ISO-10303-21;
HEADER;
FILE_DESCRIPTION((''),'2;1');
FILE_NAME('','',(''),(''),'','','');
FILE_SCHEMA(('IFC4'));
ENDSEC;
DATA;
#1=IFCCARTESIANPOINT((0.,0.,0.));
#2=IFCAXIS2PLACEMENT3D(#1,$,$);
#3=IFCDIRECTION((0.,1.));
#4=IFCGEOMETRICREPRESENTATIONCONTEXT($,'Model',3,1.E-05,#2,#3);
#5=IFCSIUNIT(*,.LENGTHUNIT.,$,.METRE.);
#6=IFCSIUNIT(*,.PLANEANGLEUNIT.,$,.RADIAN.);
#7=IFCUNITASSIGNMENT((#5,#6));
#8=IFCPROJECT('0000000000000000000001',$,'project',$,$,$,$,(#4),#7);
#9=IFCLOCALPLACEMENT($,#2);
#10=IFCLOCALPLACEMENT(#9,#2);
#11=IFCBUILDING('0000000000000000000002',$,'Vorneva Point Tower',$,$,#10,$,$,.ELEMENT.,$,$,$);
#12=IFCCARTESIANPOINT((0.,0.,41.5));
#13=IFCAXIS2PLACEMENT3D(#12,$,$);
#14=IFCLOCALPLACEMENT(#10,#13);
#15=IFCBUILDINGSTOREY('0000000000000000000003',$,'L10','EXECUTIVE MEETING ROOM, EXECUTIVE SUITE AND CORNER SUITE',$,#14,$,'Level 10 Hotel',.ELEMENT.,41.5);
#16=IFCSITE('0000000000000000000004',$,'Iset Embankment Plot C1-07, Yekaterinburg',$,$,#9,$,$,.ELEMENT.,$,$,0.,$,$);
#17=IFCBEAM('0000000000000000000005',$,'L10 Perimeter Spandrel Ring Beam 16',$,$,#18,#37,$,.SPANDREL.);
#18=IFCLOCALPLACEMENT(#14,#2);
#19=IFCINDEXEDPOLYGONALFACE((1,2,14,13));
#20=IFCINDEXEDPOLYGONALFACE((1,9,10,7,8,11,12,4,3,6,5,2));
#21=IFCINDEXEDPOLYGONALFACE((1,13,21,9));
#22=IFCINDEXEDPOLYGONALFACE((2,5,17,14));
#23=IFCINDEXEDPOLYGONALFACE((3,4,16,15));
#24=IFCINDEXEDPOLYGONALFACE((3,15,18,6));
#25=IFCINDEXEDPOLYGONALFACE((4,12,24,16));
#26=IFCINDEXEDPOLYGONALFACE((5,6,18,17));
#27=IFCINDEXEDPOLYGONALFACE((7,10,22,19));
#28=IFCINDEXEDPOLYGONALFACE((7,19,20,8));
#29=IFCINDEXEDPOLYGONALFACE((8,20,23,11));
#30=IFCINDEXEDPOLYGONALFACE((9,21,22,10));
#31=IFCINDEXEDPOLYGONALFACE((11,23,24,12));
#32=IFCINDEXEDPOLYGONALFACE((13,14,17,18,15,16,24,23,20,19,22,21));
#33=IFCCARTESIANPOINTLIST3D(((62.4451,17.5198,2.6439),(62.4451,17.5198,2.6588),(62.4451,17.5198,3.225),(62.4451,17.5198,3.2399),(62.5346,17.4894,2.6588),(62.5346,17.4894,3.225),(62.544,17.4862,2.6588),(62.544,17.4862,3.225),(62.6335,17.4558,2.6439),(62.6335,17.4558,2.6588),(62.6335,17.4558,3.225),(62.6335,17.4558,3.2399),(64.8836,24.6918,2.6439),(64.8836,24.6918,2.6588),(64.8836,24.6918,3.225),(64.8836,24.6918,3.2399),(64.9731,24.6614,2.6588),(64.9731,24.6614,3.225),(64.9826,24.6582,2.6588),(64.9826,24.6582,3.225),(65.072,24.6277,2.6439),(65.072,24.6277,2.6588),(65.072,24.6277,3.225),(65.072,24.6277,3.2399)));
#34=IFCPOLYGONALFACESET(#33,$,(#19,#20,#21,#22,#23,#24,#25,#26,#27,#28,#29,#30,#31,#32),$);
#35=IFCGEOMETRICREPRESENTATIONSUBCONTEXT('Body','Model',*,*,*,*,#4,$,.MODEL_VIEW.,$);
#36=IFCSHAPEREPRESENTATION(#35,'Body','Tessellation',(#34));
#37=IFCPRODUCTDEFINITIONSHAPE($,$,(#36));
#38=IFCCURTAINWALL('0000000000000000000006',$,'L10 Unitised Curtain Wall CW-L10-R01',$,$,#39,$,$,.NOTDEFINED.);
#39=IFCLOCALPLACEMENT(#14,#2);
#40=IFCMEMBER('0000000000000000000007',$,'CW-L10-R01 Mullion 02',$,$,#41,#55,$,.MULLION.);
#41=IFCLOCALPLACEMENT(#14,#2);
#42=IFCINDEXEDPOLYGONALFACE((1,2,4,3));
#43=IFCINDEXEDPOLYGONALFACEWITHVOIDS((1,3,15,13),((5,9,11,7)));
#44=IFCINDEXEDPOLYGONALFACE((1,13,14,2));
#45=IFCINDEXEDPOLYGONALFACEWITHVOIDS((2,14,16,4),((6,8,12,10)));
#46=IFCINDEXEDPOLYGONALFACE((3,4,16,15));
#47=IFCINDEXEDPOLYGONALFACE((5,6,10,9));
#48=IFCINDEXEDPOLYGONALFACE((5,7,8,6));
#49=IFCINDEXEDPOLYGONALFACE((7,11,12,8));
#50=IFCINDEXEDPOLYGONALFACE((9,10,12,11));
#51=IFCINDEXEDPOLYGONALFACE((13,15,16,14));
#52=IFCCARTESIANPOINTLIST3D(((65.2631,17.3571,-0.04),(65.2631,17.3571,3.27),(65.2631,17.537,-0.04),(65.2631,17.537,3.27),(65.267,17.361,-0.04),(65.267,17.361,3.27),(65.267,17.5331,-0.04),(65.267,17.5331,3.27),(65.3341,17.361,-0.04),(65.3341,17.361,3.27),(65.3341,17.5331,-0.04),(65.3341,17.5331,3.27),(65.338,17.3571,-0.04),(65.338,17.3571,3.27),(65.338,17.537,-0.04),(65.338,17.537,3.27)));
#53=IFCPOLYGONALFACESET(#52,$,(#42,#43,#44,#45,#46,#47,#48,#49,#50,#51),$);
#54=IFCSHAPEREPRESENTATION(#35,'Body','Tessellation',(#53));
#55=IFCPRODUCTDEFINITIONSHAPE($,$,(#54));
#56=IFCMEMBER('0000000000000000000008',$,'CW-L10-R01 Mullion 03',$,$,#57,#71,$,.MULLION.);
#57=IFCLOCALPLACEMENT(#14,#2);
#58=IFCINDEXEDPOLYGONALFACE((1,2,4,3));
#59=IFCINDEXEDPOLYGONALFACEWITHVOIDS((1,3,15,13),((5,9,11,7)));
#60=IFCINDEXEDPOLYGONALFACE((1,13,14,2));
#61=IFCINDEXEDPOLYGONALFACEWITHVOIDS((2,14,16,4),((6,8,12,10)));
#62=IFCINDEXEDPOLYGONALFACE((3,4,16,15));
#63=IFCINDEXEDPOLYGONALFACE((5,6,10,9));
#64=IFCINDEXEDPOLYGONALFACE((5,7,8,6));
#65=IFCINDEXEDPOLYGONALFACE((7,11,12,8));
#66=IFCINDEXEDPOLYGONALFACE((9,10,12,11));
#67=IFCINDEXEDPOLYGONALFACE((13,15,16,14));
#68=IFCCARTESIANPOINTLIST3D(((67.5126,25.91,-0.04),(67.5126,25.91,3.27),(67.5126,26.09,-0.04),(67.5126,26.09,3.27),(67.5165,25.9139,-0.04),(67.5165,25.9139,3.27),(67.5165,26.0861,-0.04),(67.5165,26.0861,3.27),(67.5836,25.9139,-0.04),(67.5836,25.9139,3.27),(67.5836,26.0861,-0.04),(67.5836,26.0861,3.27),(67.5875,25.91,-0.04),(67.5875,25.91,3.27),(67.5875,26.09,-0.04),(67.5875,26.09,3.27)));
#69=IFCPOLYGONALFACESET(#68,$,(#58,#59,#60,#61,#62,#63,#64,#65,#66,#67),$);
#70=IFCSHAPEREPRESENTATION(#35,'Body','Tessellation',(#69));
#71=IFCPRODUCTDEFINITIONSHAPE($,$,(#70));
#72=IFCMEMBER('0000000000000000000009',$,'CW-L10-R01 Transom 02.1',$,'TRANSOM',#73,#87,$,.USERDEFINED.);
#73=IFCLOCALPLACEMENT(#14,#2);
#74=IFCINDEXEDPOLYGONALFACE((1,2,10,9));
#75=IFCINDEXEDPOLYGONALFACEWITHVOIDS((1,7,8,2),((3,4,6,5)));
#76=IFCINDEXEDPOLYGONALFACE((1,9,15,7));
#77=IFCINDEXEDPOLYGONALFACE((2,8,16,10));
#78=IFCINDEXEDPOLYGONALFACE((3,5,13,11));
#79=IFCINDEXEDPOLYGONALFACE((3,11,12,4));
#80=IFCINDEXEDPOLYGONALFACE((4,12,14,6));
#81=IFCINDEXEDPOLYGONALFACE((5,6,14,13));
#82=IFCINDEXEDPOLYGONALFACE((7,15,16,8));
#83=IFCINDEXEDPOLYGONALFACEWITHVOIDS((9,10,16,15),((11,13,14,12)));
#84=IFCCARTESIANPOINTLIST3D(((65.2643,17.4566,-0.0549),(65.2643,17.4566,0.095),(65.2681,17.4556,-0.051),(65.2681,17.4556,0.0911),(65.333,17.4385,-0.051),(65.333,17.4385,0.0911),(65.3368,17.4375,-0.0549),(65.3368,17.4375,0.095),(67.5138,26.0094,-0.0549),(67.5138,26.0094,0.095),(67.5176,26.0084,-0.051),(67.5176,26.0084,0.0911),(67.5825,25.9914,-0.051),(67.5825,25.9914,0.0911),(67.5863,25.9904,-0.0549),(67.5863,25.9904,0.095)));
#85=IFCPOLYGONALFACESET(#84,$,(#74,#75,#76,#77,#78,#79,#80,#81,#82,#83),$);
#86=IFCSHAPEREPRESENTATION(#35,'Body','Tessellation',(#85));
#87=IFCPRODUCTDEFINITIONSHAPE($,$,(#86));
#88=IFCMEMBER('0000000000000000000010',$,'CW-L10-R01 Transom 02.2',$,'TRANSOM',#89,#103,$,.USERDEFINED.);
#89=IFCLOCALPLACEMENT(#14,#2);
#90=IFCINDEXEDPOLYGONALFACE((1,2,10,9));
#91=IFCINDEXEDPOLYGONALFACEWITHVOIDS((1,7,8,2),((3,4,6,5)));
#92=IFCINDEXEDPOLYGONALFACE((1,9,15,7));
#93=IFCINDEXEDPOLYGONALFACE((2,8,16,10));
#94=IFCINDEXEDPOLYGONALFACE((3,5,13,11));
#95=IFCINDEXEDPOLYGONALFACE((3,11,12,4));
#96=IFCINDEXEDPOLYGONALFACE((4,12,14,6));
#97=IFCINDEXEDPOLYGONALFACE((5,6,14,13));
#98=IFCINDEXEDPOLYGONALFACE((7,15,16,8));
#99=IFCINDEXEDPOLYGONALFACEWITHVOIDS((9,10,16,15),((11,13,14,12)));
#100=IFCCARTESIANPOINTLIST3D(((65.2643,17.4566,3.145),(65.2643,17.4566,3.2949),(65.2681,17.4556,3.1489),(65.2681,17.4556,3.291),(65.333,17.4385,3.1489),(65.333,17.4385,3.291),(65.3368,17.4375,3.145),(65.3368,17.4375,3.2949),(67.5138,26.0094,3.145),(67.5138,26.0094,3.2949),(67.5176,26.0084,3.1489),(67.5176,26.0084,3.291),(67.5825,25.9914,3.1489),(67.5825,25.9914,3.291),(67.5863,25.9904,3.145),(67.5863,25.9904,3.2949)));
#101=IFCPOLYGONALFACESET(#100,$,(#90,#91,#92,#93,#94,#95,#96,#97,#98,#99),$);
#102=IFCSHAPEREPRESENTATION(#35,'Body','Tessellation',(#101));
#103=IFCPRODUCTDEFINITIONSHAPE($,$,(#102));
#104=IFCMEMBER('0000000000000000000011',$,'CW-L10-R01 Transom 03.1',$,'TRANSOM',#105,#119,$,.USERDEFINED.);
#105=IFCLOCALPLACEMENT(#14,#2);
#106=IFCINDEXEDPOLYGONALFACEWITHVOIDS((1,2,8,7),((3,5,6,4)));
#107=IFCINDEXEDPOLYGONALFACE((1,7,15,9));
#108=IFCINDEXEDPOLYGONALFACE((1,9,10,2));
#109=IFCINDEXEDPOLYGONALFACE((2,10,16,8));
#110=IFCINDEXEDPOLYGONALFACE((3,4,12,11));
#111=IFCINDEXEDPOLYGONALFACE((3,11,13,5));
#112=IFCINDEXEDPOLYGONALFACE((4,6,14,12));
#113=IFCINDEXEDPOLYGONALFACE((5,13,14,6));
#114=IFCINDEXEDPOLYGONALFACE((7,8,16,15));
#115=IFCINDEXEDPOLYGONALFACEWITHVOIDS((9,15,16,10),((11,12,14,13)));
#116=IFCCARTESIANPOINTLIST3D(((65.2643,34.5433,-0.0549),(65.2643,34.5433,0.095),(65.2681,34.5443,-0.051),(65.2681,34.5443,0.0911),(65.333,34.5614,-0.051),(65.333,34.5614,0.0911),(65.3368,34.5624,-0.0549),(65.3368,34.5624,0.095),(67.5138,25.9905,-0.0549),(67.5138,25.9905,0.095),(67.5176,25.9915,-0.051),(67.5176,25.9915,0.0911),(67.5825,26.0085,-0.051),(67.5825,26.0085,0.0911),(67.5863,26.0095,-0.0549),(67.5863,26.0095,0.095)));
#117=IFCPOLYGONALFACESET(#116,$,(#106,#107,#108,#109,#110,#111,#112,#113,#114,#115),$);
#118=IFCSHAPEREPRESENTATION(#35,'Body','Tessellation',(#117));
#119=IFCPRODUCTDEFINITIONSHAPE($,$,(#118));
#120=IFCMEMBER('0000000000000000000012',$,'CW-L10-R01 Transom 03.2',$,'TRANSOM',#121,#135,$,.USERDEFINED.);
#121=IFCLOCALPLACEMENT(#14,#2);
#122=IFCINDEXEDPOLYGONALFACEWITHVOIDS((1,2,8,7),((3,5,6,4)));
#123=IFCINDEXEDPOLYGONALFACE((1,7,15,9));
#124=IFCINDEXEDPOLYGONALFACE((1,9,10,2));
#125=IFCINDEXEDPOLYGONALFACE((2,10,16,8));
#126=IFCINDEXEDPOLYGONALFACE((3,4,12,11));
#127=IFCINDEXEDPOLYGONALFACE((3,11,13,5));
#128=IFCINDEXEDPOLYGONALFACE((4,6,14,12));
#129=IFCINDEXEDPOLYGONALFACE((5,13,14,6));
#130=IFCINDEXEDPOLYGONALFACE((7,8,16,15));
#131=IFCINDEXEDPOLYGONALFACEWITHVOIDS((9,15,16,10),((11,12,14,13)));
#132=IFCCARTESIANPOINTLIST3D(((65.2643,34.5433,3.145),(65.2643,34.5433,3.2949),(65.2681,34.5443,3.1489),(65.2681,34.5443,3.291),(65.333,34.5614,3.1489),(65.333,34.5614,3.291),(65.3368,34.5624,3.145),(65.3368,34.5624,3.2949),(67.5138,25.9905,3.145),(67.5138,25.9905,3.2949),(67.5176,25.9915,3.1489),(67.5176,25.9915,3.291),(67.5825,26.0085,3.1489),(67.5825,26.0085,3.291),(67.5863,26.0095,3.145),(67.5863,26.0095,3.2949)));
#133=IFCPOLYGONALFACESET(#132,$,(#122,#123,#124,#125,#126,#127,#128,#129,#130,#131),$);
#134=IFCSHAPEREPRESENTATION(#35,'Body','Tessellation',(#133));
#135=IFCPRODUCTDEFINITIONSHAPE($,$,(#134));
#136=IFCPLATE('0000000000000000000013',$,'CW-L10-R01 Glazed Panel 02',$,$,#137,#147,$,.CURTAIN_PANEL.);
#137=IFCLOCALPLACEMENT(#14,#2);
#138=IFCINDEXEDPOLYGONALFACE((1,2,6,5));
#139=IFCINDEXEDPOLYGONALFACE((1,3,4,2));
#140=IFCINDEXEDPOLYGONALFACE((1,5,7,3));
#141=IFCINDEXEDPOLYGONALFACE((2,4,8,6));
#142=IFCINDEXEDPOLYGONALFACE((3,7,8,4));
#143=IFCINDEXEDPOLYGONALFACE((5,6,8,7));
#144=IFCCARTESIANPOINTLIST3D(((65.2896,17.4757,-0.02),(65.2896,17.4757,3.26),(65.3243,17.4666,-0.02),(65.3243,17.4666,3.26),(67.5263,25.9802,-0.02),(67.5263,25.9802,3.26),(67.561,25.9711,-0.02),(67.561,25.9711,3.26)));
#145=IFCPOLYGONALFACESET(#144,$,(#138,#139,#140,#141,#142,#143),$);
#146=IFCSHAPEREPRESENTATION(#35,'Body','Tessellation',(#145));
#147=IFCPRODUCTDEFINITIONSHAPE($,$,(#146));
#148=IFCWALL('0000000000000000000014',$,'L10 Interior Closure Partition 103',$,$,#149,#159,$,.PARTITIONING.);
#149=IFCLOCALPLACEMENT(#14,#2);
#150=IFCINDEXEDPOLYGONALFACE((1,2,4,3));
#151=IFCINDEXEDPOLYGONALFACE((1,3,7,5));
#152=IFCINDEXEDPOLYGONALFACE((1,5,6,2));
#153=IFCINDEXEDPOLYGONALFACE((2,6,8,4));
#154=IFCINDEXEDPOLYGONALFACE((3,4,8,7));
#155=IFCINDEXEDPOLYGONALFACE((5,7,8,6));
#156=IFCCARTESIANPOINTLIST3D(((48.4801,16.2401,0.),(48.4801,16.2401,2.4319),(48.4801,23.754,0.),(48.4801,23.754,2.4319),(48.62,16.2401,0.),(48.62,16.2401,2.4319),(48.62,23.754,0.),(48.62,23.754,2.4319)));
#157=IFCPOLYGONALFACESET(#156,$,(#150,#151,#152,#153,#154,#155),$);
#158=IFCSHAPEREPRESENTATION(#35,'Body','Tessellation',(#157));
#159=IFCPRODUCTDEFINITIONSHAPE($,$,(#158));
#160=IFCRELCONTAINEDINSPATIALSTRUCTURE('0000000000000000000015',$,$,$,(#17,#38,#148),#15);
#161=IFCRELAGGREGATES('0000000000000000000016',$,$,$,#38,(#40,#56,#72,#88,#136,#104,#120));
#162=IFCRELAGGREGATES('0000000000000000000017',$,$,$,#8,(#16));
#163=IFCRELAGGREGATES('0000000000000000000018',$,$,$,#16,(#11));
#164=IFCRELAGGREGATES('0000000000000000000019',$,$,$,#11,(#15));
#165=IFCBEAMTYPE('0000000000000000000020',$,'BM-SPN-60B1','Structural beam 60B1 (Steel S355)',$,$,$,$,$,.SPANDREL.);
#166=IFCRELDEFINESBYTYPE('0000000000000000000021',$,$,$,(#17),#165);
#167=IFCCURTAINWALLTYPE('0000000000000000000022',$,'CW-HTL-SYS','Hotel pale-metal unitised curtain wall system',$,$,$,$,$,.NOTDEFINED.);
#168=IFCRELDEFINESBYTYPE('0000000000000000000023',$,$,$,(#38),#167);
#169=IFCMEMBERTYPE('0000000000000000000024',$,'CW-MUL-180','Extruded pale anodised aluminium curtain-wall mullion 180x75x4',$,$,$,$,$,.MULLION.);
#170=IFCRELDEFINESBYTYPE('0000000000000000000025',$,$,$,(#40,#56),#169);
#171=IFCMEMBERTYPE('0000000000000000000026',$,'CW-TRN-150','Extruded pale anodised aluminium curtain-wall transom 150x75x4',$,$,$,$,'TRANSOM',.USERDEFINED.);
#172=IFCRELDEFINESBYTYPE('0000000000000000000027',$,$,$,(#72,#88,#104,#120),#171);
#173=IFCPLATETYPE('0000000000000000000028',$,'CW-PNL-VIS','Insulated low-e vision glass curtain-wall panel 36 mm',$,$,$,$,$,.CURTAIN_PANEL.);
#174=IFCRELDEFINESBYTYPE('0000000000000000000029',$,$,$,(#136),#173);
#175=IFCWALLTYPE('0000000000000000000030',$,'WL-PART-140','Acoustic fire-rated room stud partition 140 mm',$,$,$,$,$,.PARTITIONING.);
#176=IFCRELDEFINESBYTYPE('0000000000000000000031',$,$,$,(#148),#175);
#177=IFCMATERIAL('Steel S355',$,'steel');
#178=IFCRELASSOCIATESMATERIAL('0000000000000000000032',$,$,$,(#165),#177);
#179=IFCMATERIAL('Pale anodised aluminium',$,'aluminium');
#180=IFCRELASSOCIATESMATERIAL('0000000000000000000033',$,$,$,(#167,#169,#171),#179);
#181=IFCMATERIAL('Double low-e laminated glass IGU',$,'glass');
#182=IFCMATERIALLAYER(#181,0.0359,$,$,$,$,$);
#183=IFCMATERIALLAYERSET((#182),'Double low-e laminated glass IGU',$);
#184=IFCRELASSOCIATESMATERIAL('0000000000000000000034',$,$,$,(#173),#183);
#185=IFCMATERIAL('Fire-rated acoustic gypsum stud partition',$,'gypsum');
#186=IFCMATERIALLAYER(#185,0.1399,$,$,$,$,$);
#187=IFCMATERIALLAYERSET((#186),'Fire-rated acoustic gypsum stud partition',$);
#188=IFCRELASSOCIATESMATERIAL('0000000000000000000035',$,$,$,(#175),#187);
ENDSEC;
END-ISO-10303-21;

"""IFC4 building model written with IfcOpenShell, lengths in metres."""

from ifc_helpers import new_model, si_unit, direction, frame, frame_2d, origin, origin_2d, place, context, subcontext, project, spatial, rectangle, hollow_rectangle, i_section, extrude, material, layer, layer_set, material_profile, profile_set, type_object, element, aggregate, save


model = new_model("IFC4")

# Units and contexts
model_context = context("Model", 3, precision=1e-05, world=origin(), true_north=direction((0.0, 1.0)))
body_context = subcontext(model_context, "Body", "Model", "MODEL_VIEW")
ifc_project = project(units=[si_unit("LENGTHUNIT", "METRE"), si_unit("PLANEANGLEUNIT", "RADIAN")], contexts=[model_context])

# Site, building, storey
site_placement = place(None, origin())
site = spatial("IfcSite", under=ifc_project, at=site_placement, Name="Iset Embankment Plot C1-07, Yekaterinburg", CompositionType="ELEMENT", RefElevation=0.0)
building_placement = place(site_placement, origin())
building = spatial("IfcBuilding", under=site, at=building_placement, Name="Vorneva Point Tower", CompositionType="ELEMENT")
storey_placement = place(building_placement, frame((0.0, 0.0, 41.5)))
storey = spatial("IfcBuildingStorey", under=building, at=storey_placement, Name="L10", Description="EXECUTIVE MEETING ROOM, EXECUTIVE SUITE AND CORNER SUITE", LongName="Level 10 Hotel", CompositionType="ELEMENT", Elevation=41.5)

# Beam
ifc_material_1 = material(Name="Steel S355", Category="steel")
ifc_material_profile_1 = material_profile(ifc_material_1, i_section(OverallWidth=0.199, OverallDepth=0.5959, WebThickness=0.01, FlangeThickness=0.0149, at=origin_2d()), Name="60B1")
ifc_profile_set_1 = profile_set([ifc_material_profile_1], Name="Steel S355")
beam_type_1 = type_object("IfcBeamType", Name="BM-SPN-60B1", Description="Structural beam 60B1 (Steel S355)", PredefinedType="SPANDREL", material=ifc_profile_set_1)
beam_1_placement = place(storey_placement, frame((62.5393, 17.4878, 2.9419), z_axis=(0.321907, 0.946771, 0.0), x_axis=(-0.946771, 0.321907, 0.0)))
element("IfcBeam", 1, at=beam_1_placement, inside=storey, type_object=beam_type_1, Name="L10 Perimeter Spandrel Ring Beam 16", PredefinedType="SPANDREL", context=body_context, shape_type="SweptSolid", body=[
    extrude(i_section(OverallWidth=0.199, OverallDepth=0.5959, WebThickness=0.01, FlangeThickness=0.0149, at=origin_2d()), origin(), (0.0, 0.0, 1.0), 7.5752),
])

# Curtain wall, members, plate
ifc_material_2 = material(Name="Pale anodised aluminium", Category="aluminium")
curtain_wall_type = type_object("IfcCurtainWallType", Name="CW-HTL-SYS", Description="Hotel pale-metal unitised curtain wall system", PredefinedType="NOTDEFINED", material=ifc_material_2)
curtain_wall_placement = place(storey_placement, origin())
curtain_wall = element("IfcCurtainWall", 2, at=curtain_wall_placement, inside=storey, type_object=curtain_wall_type, Name="L10 Unitised Curtain Wall CW-L10-R01", PredefinedType="NOTDEFINED")
ifc_material_profile_2 = material_profile(ifc_material_2, hollow_rectangle(XDim=0.075, YDim=0.1799, WallThickness=0.0039, at=origin_2d()), Name="AL-MUL 180x75x4")
ifc_profile_set_2 = profile_set([ifc_material_profile_2], Name="Pale anodised aluminium")
member_type_1 = type_object("IfcMemberType", Name="CW-MUL-180", Description="Extruded pale anodised aluminium curtain-wall mullion 180x75x4", PredefinedType="MULLION", material=ifc_profile_set_2)
member_1_placement = place(storey_placement, frame((65.3005, 17.447, -0.04), z_axis=(0.0, 0.0, 1.0), x_axis=(1.0, 0.0, 0.0)))
member_1 = element("IfcMember", 3, at=member_1_placement, type_object=member_type_1, Name="CW-L10-R01 Mullion 02", PredefinedType="MULLION", context=body_context, shape_type="SweptSolid", body=[
    extrude(hollow_rectangle(XDim=0.075, YDim=0.1799, WallThickness=0.0039, at=origin_2d()), origin(), (0.0, 0.0, 1.0), 3.3101),
])
member_2_placement = place(storey_placement, frame((67.55, 26.0, -0.04), z_axis=(0.0, 0.0, 1.0), x_axis=(1.0, 0.0, 0.0)))
member_2 = element("IfcMember", 4, at=member_2_placement, type_object=member_type_1, Name="CW-L10-R01 Mullion 03", PredefinedType="MULLION", context=body_context, shape_type="SweptSolid", body=[
    extrude(hollow_rectangle(XDim=0.075, YDim=0.1799, WallThickness=0.0039, at=origin_2d()), origin(), (0.0, 0.0, 1.0), 3.3101),
])
ifc_material_profile_3 = material_profile(ifc_material_2, hollow_rectangle(XDim=0.075, YDim=0.1499, WallThickness=0.0039, at=origin_2d()), Name="AL-TRN 150x75x4")
ifc_profile_set_3 = profile_set([ifc_material_profile_3], Name="Pale anodised aluminium")
member_type_2 = type_object("IfcMemberType", Name="CW-TRN-150", Description="Extruded pale anodised aluminium curtain-wall transom 150x75x4", ElementType="TRANSOM", PredefinedType="USERDEFINED", material=ifc_profile_set_3)
member_3_placement = place(storey_placement, frame((65.3005, 17.447, 0.02), z_axis=(0.254359, 0.96711, 0.0), x_axis=(-0.96711, 0.254359, 0.0)))
member_3 = element("IfcMember", 5, at=member_3_placement, type_object=member_type_2, Name="CW-L10-R01 Transom 02.1", ObjectType="TRANSOM", PredefinedType="USERDEFINED", context=body_context, shape_type="SweptSolid", body=[
    extrude(hollow_rectangle(XDim=0.075, YDim=0.1499, WallThickness=0.0039, at=origin_2d()), origin(), (0.0, 0.0, 1.0), 8.8438),
])
member_4_placement = place(storey_placement, frame((65.3005, 17.447, 3.22), z_axis=(0.254359, 0.96711, 0.0), x_axis=(-0.96711, 0.254359, 0.0)))
member_4 = element("IfcMember", 6, at=member_4_placement, type_object=member_type_2, Name="CW-L10-R01 Transom 02.2", ObjectType="TRANSOM", PredefinedType="USERDEFINED", context=body_context, shape_type="SweptSolid", body=[
    extrude(hollow_rectangle(XDim=0.075, YDim=0.1499, WallThickness=0.0039, at=origin_2d()), origin(), (0.0, 0.0, 1.0), 8.8438),
])
member_5_placement = place(storey_placement, frame((67.55, 26.0, 0.02), z_axis=(-0.254359, 0.96711, 0.0), x_axis=(-0.96711, -0.254359, 0.0)))
member_5 = element("IfcMember", 7, at=member_5_placement, type_object=member_type_2, Name="CW-L10-R01 Transom 03.1", ObjectType="TRANSOM", PredefinedType="USERDEFINED", context=body_context, shape_type="SweptSolid", body=[
    extrude(hollow_rectangle(XDim=0.075, YDim=0.1499, WallThickness=0.0039, at=origin_2d()), origin(), (0.0, 0.0, 1.0), 8.8438),
])
member_6_placement = place(storey_placement, frame((67.55, 26.0, 3.22), z_axis=(-0.254359, 0.96711, 0.0), x_axis=(-0.96711, -0.254359, 0.0)))
member_6 = element("IfcMember", 8, at=member_6_placement, type_object=member_type_2, Name="CW-L10-R01 Transom 03.2", ObjectType="TRANSOM", PredefinedType="USERDEFINED", context=body_context, shape_type="SweptSolid", body=[
    extrude(hollow_rectangle(XDim=0.075, YDim=0.1499, WallThickness=0.0039, at=origin_2d()), origin(), (0.0, 0.0, 1.0), 8.8438),
])
ifc_material_3 = material(Name="Double low-e laminated glass IGU", Category="glass")
ifc_layer_1 = layer(ifc_material_3, 0.0359)
ifc_layer_set_1 = layer_set([ifc_layer_1], Name="Double low-e laminated glass IGU")
plate_type = type_object("IfcPlateType", Name="CW-PNL-VIS", Description="Insulated low-e vision glass curtain-wall panel 36 mm", PredefinedType="CURTAIN_PANEL", material=ifc_layer_set_1)
plate_placement = place(storey_placement, frame((66.4253, 21.7234, -0.02), z_axis=(0.0, 0.0, 1.0), x_axis=(0.254349, 0.967113, 0.0)))
plate = element("IfcPlate", 9, at=plate_placement, type_object=plate_type, Name="CW-L10-R01 Glazed Panel 02", PredefinedType="CURTAIN_PANEL", context=body_context, shape_type="SweptSolid", body=[
    extrude(rectangle(XDim=8.7937, YDim=0.0359, at=origin_2d()), origin(), (0.0, 0.0, 1.0), 3.28),
])
aggregate(curtain_wall, [member_1, member_2, member_3, member_4, plate, member_5, member_6])

# Wall
ifc_material_4 = material(Name="Fire-rated acoustic gypsum stud partition", Category="gypsum")
ifc_layer_2 = layer(ifc_material_4, 0.1399)
ifc_layer_set_2 = layer_set([ifc_layer_2], Name="Fire-rated acoustic gypsum stud partition")
wall_type_1 = type_object("IfcWallType", Name="WL-PART-140", Description="Acoustic fire-rated room stud partition 140 mm", PredefinedType="PARTITIONING", material=ifc_layer_set_2)
wall_1_placement = place(storey_placement, frame((48.55, 23.7539, 0.0), z_axis=(0.0, 0.0, 1.0), x_axis=(0.0, -1.0, 0.0)))
element("IfcWall", 10, at=wall_1_placement, inside=storey, type_object=wall_type_1, Name="L10 Interior Closure Partition 103", PredefinedType="PARTITIONING", context=body_context, shape_type="SweptSolid", body=[
    extrude(rectangle(XDim=7.5139, YDim=0.1399, at=frame_2d((3.7568, 0.0))), origin(), (0.0, 0.0, 1.0), 2.4319),
])

save(model, "model.ifc")
